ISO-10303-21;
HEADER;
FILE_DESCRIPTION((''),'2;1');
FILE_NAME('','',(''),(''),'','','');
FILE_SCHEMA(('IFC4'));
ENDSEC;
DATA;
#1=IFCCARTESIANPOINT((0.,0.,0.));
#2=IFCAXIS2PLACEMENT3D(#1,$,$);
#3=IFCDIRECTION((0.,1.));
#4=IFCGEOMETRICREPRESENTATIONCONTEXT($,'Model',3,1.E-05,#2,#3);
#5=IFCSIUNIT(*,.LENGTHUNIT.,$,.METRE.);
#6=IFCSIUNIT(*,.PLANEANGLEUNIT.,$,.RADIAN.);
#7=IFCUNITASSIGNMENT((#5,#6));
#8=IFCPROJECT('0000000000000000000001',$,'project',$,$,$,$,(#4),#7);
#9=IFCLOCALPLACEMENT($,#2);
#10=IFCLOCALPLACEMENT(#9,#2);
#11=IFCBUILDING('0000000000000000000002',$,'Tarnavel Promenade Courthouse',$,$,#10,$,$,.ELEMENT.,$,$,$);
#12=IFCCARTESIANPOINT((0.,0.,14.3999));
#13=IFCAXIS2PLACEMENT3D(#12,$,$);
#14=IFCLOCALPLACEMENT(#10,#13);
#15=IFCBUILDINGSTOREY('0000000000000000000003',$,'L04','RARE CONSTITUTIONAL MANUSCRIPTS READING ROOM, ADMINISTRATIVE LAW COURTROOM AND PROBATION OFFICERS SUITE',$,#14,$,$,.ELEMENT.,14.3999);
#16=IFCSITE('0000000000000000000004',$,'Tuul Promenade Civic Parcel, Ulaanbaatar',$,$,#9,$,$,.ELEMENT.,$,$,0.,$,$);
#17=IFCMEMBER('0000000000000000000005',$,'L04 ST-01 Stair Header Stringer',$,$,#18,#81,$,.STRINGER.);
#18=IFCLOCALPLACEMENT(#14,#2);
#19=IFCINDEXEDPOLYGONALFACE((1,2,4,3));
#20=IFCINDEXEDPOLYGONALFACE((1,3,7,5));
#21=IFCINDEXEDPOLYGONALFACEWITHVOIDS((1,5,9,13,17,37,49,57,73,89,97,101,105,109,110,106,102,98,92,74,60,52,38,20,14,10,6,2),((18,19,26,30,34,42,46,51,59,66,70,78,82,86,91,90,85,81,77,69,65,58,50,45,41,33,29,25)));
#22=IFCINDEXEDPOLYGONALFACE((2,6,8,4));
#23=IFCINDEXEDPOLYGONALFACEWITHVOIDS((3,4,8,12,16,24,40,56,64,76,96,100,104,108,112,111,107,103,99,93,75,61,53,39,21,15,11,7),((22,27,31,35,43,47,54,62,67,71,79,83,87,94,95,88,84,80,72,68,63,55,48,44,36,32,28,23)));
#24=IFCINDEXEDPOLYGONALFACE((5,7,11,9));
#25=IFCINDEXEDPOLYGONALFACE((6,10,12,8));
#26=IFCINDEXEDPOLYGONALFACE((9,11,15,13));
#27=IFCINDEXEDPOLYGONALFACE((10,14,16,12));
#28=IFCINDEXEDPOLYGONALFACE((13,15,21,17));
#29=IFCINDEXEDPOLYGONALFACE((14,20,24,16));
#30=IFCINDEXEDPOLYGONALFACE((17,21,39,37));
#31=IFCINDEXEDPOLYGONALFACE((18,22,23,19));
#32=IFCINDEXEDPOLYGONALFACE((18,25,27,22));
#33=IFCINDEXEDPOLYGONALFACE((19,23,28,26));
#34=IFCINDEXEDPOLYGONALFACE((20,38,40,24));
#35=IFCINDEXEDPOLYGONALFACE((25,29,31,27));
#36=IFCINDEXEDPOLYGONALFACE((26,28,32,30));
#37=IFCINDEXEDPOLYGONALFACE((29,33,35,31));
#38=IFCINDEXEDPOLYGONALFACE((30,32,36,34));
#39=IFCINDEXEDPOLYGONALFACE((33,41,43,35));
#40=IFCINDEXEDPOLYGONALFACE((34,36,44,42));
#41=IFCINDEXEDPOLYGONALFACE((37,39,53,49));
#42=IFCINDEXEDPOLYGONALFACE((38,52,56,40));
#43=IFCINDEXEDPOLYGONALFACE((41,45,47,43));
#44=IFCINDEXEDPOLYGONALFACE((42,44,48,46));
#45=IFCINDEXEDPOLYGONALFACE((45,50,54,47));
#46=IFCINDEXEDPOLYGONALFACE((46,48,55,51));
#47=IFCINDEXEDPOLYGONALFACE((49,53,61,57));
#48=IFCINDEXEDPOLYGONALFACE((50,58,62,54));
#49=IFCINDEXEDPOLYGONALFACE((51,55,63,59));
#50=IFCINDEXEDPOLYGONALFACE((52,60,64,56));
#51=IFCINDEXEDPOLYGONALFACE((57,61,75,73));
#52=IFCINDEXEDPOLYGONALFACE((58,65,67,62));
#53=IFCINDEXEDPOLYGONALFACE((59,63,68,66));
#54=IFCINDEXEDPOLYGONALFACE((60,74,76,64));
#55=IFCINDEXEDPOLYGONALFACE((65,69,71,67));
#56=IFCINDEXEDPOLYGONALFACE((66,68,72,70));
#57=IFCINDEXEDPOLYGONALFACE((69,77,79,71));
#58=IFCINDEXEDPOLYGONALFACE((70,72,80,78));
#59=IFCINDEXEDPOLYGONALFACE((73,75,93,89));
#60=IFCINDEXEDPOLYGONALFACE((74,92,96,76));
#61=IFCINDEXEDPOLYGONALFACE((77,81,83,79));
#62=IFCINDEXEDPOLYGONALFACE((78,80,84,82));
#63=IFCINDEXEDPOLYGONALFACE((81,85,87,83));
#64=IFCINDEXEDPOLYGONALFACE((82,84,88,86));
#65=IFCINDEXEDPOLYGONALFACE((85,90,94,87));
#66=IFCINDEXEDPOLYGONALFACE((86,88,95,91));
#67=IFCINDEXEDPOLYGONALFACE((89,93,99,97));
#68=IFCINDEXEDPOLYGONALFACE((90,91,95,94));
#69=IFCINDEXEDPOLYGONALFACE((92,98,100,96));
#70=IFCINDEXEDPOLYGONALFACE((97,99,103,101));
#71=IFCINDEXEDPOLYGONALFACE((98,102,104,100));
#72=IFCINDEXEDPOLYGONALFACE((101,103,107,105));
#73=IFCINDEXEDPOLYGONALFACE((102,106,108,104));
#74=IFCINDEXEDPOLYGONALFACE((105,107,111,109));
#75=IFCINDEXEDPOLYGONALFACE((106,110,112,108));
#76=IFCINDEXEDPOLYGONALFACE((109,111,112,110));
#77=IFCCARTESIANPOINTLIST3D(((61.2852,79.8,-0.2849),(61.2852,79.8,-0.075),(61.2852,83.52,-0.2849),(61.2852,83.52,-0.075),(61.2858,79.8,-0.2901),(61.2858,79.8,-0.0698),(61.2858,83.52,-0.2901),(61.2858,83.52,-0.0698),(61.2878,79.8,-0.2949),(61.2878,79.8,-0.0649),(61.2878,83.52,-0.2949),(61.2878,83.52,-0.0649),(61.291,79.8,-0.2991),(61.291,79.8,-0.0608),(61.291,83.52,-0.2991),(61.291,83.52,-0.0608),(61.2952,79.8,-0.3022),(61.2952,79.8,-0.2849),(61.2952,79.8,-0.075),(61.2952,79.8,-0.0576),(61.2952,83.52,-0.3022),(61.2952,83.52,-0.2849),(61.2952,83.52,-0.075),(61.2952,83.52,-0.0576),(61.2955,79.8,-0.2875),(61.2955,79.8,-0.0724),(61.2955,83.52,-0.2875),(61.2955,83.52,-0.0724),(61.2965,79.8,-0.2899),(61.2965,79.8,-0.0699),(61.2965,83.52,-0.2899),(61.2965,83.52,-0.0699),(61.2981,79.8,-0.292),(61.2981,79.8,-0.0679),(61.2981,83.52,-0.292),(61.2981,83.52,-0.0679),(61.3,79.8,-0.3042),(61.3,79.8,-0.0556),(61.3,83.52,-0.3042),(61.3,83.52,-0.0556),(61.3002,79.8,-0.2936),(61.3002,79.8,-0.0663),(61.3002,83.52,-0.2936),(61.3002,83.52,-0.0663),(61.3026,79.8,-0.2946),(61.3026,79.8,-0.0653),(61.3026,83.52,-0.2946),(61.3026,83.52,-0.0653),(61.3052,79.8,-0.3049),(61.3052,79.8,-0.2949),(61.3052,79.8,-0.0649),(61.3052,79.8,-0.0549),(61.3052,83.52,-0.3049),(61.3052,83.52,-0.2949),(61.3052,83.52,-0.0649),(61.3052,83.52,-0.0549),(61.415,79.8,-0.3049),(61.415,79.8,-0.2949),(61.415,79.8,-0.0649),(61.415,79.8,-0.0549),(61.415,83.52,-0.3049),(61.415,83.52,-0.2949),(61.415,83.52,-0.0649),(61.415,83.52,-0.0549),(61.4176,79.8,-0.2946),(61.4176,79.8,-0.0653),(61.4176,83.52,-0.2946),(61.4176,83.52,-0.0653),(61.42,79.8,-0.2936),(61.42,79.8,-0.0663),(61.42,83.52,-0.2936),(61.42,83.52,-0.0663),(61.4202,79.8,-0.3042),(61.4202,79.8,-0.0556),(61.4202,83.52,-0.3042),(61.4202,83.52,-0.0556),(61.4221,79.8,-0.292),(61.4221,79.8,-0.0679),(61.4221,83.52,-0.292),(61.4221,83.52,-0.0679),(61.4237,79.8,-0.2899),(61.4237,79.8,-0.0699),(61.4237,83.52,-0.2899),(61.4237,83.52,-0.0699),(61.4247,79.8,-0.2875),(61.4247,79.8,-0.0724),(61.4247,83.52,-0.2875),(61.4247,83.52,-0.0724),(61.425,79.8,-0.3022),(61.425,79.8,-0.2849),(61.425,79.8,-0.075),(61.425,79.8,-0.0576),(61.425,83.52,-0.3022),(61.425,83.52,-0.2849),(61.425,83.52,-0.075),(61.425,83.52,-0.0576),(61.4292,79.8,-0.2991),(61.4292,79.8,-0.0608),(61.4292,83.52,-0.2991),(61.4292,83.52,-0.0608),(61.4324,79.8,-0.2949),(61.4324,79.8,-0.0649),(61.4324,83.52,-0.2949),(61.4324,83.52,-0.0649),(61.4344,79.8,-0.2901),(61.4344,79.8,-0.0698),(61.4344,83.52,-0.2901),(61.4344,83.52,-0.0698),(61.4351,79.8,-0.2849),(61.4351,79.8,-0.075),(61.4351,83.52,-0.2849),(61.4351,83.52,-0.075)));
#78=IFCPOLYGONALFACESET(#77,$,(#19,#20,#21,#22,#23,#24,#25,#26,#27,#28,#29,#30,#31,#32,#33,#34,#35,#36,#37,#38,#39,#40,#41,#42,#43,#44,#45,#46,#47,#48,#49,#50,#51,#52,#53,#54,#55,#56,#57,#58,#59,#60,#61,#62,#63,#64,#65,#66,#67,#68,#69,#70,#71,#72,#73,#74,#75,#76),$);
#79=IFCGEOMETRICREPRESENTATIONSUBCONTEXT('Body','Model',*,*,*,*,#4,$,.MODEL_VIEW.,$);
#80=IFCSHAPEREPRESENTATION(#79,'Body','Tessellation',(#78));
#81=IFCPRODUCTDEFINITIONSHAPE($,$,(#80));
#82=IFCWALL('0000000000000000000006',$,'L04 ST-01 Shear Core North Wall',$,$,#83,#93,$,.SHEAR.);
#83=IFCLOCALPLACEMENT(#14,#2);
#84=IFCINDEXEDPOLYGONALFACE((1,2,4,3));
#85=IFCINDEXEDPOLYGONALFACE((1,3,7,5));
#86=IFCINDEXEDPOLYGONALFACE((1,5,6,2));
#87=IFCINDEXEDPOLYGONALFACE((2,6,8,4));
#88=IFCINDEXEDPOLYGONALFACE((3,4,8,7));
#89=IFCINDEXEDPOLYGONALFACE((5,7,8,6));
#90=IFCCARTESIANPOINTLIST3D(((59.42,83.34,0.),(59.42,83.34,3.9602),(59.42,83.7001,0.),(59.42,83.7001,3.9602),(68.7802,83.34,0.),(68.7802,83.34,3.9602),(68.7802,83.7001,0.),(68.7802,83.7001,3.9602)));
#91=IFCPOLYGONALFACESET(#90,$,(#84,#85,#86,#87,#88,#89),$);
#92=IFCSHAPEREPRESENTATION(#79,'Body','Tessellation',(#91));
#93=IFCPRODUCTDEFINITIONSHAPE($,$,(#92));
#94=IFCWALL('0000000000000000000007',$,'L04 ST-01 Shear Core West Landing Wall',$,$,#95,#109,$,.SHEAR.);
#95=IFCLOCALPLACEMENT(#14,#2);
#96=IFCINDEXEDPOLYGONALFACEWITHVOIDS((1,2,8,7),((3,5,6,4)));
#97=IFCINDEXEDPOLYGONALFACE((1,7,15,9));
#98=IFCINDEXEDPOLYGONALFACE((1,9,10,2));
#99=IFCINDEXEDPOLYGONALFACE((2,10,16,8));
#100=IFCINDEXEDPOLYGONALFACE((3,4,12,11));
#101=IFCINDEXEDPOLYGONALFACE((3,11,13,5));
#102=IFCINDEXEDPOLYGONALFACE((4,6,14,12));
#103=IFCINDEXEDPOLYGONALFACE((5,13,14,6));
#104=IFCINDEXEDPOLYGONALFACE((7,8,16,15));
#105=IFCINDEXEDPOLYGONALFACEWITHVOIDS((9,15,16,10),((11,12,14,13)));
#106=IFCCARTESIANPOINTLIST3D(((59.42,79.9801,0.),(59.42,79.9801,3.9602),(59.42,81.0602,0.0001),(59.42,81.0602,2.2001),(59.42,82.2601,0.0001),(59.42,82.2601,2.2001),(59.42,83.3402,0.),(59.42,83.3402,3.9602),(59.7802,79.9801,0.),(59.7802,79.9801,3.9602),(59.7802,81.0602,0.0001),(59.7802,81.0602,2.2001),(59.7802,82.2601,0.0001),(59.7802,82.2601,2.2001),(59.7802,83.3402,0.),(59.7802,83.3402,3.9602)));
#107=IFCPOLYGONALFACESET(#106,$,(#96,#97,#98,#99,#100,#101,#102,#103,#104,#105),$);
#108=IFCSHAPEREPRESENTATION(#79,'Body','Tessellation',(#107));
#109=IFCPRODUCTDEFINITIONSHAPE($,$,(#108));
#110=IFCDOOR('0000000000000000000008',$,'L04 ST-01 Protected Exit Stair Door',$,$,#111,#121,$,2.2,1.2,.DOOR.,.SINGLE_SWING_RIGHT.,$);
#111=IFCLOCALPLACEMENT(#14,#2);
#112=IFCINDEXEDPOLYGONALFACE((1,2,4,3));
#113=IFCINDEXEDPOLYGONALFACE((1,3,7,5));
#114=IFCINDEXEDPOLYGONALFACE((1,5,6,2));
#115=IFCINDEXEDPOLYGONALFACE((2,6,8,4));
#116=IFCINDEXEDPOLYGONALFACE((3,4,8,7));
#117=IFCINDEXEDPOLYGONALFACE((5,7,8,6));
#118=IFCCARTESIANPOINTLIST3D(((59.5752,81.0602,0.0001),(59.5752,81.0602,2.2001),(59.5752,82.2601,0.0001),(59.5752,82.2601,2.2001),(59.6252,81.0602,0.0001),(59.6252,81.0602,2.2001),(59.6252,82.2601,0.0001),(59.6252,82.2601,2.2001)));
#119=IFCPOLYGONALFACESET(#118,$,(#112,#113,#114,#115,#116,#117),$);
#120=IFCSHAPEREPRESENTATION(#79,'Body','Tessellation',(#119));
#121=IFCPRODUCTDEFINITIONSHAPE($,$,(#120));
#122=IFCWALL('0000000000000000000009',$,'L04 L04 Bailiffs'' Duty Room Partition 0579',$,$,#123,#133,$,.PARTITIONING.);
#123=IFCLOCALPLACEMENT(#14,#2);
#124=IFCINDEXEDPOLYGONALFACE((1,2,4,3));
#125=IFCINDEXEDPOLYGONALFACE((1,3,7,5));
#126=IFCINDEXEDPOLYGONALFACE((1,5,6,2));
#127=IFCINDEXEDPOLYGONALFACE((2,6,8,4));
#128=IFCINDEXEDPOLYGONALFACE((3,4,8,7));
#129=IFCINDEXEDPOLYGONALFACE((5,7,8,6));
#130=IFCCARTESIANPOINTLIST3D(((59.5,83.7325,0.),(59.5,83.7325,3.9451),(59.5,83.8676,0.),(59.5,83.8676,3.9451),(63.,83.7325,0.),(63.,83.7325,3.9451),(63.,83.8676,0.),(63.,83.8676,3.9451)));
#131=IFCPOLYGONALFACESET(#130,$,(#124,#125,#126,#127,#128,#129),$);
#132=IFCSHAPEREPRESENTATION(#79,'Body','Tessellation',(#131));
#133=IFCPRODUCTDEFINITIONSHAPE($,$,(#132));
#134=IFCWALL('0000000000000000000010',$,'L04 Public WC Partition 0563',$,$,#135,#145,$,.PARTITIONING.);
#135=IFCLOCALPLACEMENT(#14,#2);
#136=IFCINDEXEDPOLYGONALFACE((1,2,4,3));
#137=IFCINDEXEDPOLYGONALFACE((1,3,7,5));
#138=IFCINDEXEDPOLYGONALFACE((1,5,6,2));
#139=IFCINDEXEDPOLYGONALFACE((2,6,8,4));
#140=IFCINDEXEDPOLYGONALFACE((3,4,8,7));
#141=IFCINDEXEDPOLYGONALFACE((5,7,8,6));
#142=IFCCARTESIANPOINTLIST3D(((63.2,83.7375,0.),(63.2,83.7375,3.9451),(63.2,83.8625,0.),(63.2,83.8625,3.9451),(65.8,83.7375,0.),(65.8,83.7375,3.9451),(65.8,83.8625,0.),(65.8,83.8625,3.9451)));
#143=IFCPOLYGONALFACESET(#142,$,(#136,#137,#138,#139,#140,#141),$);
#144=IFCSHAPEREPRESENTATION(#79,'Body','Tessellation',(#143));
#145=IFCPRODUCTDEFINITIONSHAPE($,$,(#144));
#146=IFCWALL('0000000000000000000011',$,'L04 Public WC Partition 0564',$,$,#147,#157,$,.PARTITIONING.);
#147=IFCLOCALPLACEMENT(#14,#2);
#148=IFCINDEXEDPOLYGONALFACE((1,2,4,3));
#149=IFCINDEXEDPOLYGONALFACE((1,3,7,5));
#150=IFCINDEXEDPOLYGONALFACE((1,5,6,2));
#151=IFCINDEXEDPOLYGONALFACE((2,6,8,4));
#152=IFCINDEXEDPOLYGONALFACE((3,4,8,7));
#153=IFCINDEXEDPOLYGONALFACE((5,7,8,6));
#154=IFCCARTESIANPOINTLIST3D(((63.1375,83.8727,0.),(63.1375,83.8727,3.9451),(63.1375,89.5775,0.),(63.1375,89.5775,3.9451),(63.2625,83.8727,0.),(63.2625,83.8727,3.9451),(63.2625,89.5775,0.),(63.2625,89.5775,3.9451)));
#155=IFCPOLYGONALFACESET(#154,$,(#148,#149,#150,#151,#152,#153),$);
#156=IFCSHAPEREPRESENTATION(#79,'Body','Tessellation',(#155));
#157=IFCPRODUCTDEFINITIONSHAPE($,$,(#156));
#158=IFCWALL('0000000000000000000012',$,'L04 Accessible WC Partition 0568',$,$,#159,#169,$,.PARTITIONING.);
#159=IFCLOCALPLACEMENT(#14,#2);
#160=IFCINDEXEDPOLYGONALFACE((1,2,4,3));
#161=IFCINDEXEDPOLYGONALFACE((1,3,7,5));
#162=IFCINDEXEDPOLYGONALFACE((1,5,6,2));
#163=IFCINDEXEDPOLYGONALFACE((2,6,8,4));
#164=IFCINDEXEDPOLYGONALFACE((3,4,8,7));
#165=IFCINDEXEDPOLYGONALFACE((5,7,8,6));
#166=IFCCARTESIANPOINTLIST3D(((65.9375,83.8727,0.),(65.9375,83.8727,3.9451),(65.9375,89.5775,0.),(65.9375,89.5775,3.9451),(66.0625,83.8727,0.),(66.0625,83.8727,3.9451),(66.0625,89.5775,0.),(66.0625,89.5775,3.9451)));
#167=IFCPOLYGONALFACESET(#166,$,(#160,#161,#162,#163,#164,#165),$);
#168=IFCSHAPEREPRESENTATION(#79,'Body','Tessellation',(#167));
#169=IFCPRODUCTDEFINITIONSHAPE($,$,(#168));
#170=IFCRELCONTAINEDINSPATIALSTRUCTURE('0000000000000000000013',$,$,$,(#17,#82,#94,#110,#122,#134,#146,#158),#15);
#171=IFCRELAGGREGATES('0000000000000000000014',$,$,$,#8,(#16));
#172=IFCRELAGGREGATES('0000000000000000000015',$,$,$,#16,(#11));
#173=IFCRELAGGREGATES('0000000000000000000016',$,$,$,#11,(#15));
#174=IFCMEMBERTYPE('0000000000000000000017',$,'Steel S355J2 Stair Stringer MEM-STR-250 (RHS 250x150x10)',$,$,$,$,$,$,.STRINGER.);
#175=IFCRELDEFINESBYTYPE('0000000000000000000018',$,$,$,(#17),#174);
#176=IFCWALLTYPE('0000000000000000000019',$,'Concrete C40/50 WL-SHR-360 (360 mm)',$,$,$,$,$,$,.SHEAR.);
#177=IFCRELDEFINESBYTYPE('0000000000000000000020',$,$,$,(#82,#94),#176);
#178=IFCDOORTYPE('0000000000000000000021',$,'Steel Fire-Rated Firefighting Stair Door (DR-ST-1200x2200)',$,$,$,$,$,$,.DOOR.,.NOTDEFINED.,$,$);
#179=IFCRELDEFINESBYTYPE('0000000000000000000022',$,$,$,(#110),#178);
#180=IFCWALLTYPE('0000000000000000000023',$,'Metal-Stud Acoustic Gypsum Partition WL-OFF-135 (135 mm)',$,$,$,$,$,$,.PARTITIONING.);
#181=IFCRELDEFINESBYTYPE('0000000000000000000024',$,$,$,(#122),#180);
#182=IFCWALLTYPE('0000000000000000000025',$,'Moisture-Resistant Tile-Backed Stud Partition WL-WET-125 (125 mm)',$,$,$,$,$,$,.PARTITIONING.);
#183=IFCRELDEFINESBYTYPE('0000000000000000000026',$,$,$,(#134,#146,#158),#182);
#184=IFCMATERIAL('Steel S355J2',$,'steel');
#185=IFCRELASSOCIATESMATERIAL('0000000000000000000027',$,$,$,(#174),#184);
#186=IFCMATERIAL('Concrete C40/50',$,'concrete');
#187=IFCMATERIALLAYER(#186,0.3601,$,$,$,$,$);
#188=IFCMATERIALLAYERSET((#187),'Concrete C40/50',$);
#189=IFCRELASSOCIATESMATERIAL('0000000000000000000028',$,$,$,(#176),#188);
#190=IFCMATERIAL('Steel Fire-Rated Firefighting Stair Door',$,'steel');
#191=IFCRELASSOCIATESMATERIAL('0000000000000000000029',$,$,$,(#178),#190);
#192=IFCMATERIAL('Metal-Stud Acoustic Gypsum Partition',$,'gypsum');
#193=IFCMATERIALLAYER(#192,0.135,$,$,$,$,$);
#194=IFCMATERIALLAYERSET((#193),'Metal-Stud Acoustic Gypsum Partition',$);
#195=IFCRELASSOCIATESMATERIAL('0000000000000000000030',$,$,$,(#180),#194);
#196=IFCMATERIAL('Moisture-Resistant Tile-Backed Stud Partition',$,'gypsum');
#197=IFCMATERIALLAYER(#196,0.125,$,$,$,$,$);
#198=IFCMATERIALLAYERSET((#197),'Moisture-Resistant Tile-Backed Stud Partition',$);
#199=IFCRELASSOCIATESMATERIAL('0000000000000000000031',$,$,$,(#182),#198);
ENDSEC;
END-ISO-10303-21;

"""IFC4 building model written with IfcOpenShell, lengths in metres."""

from ifc_helpers import new_model, si_unit, direction, frame, frame_2d, origin, origin_2d, place, context, subcontext, project, spatial, rectangle, hollow_rectangle, extrude, material, layer, layer_set, material_profile, profile_set, type_object, element, fill, save


model = new_model("IFC4")

# Units and contexts
model_context = context("Model", 3, precision=1e-05, world=origin(), true_north=direction((0.0, 1.0)))
body_context = subcontext(model_context, "Body", "Model", "MODEL_VIEW")
ifc_project = project(units=[si_unit("LENGTHUNIT", "METRE"), si_unit("PLANEANGLEUNIT", "RADIAN")], contexts=[model_context])

# Site, building, storey
site_placement = place(None, origin())
site = spatial("IfcSite", under=ifc_project, at=site_placement, Name="Tuul Promenade Civic Parcel, Ulaanbaatar", CompositionType="ELEMENT", RefElevation=0.0)
building_placement = place(site_placement, origin())
building = spatial("IfcBuilding", under=site, at=building_placement, Name="Tarnavel Promenade Courthouse", CompositionType="ELEMENT")
storey_placement = place(building_placement, frame((0.0, 0.0, 14.3999)))
storey = spatial("IfcBuildingStorey", under=building, at=storey_placement, Name="L04", Description="RARE CONSTITUTIONAL MANUSCRIPTS READING ROOM, ADMINISTRATIVE LAW COURTROOM AND PROBATION OFFICERS SUITE", CompositionType="ELEMENT", Elevation=14.3999)

# Shared definitions
ifc_material_1 = material(Name="Concrete C40/50", Category="concrete")

# Member
ifc_material_2 = material(Name="Steel S355J2", Category="steel")
ifc_material_profile_1 = material_profile(ifc_material_2, hollow_rectangle(XDim=0.1499, YDim=0.25, WallThickness=0.01, InnerFilletRadius=0.01, OuterFilletRadius=0.02, at=origin_2d()), Name="RHS 250x150x10")
ifc_profile_set_1 = profile_set([ifc_material_profile_1], Name="Steel S355J2")
member_type_1 = type_object("IfcMemberType", Name="Steel S355J2 Stair Stringer MEM-STR-250 (RHS 250x150x10)", PredefinedType="STRINGER", material=ifc_profile_set_1)
member_1_placement = place(storey_placement, frame((61.3601, 79.8, -0.1799), z_axis=(0.0, 1.0, 0.0), x_axis=(-1.0, 0.0, 0.0)))
element("IfcMember", 1, at=member_1_placement, inside=storey, type_object=member_type_1, Name="L04 ST-01 Stair Header Stringer", PredefinedType="STRINGER", context=body_context, shape_type="SweptSolid", body=[
    extrude(hollow_rectangle(XDim=0.1499, YDim=0.25, WallThickness=0.01, InnerFilletRadius=0.01, OuterFilletRadius=0.02, at=origin_2d()), origin(), (0.0, 0.0, 1.0), 3.72),
])

# Wall
ifc_layer_1 = layer(ifc_material_1, 0.3601)
ifc_layer_set_1 = layer_set([ifc_layer_1], Name="Concrete C40/50")
wall_type_1 = type_object("IfcWallType", Name="Concrete C40/50 WL-SHR-360 (360 mm)", PredefinedType="SHEAR", material=ifc_layer_set_1)
wall_1_placement = place(storey_placement, frame((59.4199, 83.52, 0.0), z_axis=(0.0, 0.0, 1.0), x_axis=(1.0, 0.0, 0.0)))
element("IfcWall", 2, at=wall_1_placement, inside=storey, type_object=wall_type_1, Name="L04 ST-01 Shear Core North Wall", PredefinedType="SHEAR", context=body_context, shape_type="SweptSolid", body=[
    extrude(rectangle(XDim=9.3601, YDim=0.3601, at=frame_2d((4.6802, 0.0))), origin(), (0.0, 0.0, 1.0), 3.9602),
])

# Wall, opening, door
wall_2_placement = place(storey_placement, frame((59.6001, 79.98, 0.0), z_axis=(0.0, 0.0, 1.0), x_axis=(0.0, 1.0, 0.0)))
wall_2 = element("IfcWall", 3, at=wall_2_placement, inside=storey, type_object=wall_type_1, Name="L04 ST-01 Shear Core West Landing Wall", PredefinedType="SHEAR", context=body_context, shape_type="SweptSolid", body=[
    extrude(rectangle(XDim=3.3601, YDim=0.3601, at=frame_2d((1.6802, 0.0))), origin(), (0.0, 0.0, 1.0), 3.9602),
])
opening_placement = place(wall_2_placement, frame((1.0801, 0.0, 0.0)))
opening = element("IfcOpeningElement", 4, at=opening_placement, cuts=wall_2, PredefinedType="OPENING", context=body_context, shape_type="SweptSolid", body=[
    extrude(rectangle(XDim=1.2, YDim=2.2, at=frame_2d((0.6001, 1.1001))), frame((0.0, 0.1899, 0.0), z_axis=(0.0, -1.0, 0.0), x_axis=(1.0, 0.0, 0.0)), (0.0, 0.0, 1.0), 0.3801),
])
ifc_material_3 = material(Name="Steel Fire-Rated Firefighting Stair Door", Category="steel")
door_type = type_object("IfcDoorType", Name="Steel Fire-Rated Firefighting Stair Door (DR-ST-1200x2200)", OperationType="NOTDEFINED", PredefinedType="DOOR", material=ifc_material_3)
door_placement = place(opening_placement, origin())
door = element("IfcDoor", 5, at=door_placement, inside=storey, type_object=door_type, Name="L04 ST-01 Protected Exit Stair Door", OperationType="SINGLE_SWING_RIGHT", OverallHeight=2.2, OverallWidth=1.2, PredefinedType="DOOR", context=body_context, shape_type="SweptSolid", body=[
    extrude(rectangle(XDim=1.2, YDim=2.2, at=frame_2d((0.6001, 1.1001))), frame((0.0, 0.0249, 0.0), z_axis=(0.0, -1.0, 0.0), x_axis=(1.0, 0.0, 0.0)), (0.0, 0.0, 1.0), 0.05),
])
fill(opening, door)

# Walls
ifc_material_4 = material(Name="Metal-Stud Acoustic Gypsum Partition", Category="gypsum")
ifc_layer_2 = layer(ifc_material_4, 0.135)
ifc_layer_set_2 = layer_set([ifc_layer_2], Name="Metal-Stud Acoustic Gypsum Partition")
wall_type_2 = type_object("IfcWallType", Name="Metal-Stud Acoustic Gypsum Partition WL-OFF-135 (135 mm)", PredefinedType="PARTITIONING", material=ifc_layer_set_2)
wall_3_placement = place(storey_placement, frame((63.0, 83.8, 0.0), z_axis=(0.0, 0.0, 1.0), x_axis=(-1.0, 0.0, 0.0)))
element("IfcWall", 6, at=wall_3_placement, inside=storey, type_object=wall_type_2, Name="L04 L04 Bailiffs' Duty Room Partition 0579", PredefinedType="PARTITIONING", context=body_context, shape_type="SweptSolid", body=[
    extrude(rectangle(XDim=3.5, YDim=0.135, at=frame_2d((1.75, 0.0))), origin(), (0.0, 0.0, 1.0), 3.9451),
])
ifc_material_5 = material(Name="Moisture-Resistant Tile-Backed Stud Partition", Category="gypsum")
ifc_layer_3 = layer(ifc_material_5, 0.125)
ifc_layer_set_3 = layer_set([ifc_layer_3], Name="Moisture-Resistant Tile-Backed Stud Partition")
wall_type_3 = type_object("IfcWallType", Name="Moisture-Resistant Tile-Backed Stud Partition WL-WET-125 (125 mm)", PredefinedType="PARTITIONING", material=ifc_layer_set_3)
wall_4_placement = place(storey_placement, frame((65.8, 83.8, 0.0), z_axis=(0.0, 0.0, 1.0), x_axis=(-1.0, 0.0, 0.0)))
element("IfcWall", 7, at=wall_4_placement, inside=storey, type_object=wall_type_3, Name="L04 Public WC Partition 0563", PredefinedType="PARTITIONING", context=body_context, shape_type="SweptSolid", body=[
    extrude(rectangle(XDim=2.6001, YDim=0.125, at=frame_2d((1.3, 0.0))), origin(), (0.0, 0.0, 1.0), 3.9451),
])
for number, where, z_axis, x_axis, name in (
    (8, (63.2, 83.8726, 0.0), (0.0, 0.0, 1.0), (0.0, 1.0, 0.0), "L04 Public WC Partition 0564"),
    (9, (66.0, 83.8726, 0.0), (0.0, 0.0, 1.0), (0.0, 1.0, 0.0), "L04 Accessible WC Partition 0568"),
):
    element("IfcWall", number, at=place(storey_placement, frame(where, z_axis=z_axis, x_axis=x_axis)), inside=storey, type_object=wall_type_3, Name=name, PredefinedType="PARTITIONING", context=body_context, shape_type="SweptSolid", body=[
        extrude(rectangle(XDim=5.7048, YDim=0.125, at=frame_2d((2.8525, 0.0))), origin(), (0.0, 0.0, 1.0), 3.9451),
    ])

save(model, "model.ifc")
